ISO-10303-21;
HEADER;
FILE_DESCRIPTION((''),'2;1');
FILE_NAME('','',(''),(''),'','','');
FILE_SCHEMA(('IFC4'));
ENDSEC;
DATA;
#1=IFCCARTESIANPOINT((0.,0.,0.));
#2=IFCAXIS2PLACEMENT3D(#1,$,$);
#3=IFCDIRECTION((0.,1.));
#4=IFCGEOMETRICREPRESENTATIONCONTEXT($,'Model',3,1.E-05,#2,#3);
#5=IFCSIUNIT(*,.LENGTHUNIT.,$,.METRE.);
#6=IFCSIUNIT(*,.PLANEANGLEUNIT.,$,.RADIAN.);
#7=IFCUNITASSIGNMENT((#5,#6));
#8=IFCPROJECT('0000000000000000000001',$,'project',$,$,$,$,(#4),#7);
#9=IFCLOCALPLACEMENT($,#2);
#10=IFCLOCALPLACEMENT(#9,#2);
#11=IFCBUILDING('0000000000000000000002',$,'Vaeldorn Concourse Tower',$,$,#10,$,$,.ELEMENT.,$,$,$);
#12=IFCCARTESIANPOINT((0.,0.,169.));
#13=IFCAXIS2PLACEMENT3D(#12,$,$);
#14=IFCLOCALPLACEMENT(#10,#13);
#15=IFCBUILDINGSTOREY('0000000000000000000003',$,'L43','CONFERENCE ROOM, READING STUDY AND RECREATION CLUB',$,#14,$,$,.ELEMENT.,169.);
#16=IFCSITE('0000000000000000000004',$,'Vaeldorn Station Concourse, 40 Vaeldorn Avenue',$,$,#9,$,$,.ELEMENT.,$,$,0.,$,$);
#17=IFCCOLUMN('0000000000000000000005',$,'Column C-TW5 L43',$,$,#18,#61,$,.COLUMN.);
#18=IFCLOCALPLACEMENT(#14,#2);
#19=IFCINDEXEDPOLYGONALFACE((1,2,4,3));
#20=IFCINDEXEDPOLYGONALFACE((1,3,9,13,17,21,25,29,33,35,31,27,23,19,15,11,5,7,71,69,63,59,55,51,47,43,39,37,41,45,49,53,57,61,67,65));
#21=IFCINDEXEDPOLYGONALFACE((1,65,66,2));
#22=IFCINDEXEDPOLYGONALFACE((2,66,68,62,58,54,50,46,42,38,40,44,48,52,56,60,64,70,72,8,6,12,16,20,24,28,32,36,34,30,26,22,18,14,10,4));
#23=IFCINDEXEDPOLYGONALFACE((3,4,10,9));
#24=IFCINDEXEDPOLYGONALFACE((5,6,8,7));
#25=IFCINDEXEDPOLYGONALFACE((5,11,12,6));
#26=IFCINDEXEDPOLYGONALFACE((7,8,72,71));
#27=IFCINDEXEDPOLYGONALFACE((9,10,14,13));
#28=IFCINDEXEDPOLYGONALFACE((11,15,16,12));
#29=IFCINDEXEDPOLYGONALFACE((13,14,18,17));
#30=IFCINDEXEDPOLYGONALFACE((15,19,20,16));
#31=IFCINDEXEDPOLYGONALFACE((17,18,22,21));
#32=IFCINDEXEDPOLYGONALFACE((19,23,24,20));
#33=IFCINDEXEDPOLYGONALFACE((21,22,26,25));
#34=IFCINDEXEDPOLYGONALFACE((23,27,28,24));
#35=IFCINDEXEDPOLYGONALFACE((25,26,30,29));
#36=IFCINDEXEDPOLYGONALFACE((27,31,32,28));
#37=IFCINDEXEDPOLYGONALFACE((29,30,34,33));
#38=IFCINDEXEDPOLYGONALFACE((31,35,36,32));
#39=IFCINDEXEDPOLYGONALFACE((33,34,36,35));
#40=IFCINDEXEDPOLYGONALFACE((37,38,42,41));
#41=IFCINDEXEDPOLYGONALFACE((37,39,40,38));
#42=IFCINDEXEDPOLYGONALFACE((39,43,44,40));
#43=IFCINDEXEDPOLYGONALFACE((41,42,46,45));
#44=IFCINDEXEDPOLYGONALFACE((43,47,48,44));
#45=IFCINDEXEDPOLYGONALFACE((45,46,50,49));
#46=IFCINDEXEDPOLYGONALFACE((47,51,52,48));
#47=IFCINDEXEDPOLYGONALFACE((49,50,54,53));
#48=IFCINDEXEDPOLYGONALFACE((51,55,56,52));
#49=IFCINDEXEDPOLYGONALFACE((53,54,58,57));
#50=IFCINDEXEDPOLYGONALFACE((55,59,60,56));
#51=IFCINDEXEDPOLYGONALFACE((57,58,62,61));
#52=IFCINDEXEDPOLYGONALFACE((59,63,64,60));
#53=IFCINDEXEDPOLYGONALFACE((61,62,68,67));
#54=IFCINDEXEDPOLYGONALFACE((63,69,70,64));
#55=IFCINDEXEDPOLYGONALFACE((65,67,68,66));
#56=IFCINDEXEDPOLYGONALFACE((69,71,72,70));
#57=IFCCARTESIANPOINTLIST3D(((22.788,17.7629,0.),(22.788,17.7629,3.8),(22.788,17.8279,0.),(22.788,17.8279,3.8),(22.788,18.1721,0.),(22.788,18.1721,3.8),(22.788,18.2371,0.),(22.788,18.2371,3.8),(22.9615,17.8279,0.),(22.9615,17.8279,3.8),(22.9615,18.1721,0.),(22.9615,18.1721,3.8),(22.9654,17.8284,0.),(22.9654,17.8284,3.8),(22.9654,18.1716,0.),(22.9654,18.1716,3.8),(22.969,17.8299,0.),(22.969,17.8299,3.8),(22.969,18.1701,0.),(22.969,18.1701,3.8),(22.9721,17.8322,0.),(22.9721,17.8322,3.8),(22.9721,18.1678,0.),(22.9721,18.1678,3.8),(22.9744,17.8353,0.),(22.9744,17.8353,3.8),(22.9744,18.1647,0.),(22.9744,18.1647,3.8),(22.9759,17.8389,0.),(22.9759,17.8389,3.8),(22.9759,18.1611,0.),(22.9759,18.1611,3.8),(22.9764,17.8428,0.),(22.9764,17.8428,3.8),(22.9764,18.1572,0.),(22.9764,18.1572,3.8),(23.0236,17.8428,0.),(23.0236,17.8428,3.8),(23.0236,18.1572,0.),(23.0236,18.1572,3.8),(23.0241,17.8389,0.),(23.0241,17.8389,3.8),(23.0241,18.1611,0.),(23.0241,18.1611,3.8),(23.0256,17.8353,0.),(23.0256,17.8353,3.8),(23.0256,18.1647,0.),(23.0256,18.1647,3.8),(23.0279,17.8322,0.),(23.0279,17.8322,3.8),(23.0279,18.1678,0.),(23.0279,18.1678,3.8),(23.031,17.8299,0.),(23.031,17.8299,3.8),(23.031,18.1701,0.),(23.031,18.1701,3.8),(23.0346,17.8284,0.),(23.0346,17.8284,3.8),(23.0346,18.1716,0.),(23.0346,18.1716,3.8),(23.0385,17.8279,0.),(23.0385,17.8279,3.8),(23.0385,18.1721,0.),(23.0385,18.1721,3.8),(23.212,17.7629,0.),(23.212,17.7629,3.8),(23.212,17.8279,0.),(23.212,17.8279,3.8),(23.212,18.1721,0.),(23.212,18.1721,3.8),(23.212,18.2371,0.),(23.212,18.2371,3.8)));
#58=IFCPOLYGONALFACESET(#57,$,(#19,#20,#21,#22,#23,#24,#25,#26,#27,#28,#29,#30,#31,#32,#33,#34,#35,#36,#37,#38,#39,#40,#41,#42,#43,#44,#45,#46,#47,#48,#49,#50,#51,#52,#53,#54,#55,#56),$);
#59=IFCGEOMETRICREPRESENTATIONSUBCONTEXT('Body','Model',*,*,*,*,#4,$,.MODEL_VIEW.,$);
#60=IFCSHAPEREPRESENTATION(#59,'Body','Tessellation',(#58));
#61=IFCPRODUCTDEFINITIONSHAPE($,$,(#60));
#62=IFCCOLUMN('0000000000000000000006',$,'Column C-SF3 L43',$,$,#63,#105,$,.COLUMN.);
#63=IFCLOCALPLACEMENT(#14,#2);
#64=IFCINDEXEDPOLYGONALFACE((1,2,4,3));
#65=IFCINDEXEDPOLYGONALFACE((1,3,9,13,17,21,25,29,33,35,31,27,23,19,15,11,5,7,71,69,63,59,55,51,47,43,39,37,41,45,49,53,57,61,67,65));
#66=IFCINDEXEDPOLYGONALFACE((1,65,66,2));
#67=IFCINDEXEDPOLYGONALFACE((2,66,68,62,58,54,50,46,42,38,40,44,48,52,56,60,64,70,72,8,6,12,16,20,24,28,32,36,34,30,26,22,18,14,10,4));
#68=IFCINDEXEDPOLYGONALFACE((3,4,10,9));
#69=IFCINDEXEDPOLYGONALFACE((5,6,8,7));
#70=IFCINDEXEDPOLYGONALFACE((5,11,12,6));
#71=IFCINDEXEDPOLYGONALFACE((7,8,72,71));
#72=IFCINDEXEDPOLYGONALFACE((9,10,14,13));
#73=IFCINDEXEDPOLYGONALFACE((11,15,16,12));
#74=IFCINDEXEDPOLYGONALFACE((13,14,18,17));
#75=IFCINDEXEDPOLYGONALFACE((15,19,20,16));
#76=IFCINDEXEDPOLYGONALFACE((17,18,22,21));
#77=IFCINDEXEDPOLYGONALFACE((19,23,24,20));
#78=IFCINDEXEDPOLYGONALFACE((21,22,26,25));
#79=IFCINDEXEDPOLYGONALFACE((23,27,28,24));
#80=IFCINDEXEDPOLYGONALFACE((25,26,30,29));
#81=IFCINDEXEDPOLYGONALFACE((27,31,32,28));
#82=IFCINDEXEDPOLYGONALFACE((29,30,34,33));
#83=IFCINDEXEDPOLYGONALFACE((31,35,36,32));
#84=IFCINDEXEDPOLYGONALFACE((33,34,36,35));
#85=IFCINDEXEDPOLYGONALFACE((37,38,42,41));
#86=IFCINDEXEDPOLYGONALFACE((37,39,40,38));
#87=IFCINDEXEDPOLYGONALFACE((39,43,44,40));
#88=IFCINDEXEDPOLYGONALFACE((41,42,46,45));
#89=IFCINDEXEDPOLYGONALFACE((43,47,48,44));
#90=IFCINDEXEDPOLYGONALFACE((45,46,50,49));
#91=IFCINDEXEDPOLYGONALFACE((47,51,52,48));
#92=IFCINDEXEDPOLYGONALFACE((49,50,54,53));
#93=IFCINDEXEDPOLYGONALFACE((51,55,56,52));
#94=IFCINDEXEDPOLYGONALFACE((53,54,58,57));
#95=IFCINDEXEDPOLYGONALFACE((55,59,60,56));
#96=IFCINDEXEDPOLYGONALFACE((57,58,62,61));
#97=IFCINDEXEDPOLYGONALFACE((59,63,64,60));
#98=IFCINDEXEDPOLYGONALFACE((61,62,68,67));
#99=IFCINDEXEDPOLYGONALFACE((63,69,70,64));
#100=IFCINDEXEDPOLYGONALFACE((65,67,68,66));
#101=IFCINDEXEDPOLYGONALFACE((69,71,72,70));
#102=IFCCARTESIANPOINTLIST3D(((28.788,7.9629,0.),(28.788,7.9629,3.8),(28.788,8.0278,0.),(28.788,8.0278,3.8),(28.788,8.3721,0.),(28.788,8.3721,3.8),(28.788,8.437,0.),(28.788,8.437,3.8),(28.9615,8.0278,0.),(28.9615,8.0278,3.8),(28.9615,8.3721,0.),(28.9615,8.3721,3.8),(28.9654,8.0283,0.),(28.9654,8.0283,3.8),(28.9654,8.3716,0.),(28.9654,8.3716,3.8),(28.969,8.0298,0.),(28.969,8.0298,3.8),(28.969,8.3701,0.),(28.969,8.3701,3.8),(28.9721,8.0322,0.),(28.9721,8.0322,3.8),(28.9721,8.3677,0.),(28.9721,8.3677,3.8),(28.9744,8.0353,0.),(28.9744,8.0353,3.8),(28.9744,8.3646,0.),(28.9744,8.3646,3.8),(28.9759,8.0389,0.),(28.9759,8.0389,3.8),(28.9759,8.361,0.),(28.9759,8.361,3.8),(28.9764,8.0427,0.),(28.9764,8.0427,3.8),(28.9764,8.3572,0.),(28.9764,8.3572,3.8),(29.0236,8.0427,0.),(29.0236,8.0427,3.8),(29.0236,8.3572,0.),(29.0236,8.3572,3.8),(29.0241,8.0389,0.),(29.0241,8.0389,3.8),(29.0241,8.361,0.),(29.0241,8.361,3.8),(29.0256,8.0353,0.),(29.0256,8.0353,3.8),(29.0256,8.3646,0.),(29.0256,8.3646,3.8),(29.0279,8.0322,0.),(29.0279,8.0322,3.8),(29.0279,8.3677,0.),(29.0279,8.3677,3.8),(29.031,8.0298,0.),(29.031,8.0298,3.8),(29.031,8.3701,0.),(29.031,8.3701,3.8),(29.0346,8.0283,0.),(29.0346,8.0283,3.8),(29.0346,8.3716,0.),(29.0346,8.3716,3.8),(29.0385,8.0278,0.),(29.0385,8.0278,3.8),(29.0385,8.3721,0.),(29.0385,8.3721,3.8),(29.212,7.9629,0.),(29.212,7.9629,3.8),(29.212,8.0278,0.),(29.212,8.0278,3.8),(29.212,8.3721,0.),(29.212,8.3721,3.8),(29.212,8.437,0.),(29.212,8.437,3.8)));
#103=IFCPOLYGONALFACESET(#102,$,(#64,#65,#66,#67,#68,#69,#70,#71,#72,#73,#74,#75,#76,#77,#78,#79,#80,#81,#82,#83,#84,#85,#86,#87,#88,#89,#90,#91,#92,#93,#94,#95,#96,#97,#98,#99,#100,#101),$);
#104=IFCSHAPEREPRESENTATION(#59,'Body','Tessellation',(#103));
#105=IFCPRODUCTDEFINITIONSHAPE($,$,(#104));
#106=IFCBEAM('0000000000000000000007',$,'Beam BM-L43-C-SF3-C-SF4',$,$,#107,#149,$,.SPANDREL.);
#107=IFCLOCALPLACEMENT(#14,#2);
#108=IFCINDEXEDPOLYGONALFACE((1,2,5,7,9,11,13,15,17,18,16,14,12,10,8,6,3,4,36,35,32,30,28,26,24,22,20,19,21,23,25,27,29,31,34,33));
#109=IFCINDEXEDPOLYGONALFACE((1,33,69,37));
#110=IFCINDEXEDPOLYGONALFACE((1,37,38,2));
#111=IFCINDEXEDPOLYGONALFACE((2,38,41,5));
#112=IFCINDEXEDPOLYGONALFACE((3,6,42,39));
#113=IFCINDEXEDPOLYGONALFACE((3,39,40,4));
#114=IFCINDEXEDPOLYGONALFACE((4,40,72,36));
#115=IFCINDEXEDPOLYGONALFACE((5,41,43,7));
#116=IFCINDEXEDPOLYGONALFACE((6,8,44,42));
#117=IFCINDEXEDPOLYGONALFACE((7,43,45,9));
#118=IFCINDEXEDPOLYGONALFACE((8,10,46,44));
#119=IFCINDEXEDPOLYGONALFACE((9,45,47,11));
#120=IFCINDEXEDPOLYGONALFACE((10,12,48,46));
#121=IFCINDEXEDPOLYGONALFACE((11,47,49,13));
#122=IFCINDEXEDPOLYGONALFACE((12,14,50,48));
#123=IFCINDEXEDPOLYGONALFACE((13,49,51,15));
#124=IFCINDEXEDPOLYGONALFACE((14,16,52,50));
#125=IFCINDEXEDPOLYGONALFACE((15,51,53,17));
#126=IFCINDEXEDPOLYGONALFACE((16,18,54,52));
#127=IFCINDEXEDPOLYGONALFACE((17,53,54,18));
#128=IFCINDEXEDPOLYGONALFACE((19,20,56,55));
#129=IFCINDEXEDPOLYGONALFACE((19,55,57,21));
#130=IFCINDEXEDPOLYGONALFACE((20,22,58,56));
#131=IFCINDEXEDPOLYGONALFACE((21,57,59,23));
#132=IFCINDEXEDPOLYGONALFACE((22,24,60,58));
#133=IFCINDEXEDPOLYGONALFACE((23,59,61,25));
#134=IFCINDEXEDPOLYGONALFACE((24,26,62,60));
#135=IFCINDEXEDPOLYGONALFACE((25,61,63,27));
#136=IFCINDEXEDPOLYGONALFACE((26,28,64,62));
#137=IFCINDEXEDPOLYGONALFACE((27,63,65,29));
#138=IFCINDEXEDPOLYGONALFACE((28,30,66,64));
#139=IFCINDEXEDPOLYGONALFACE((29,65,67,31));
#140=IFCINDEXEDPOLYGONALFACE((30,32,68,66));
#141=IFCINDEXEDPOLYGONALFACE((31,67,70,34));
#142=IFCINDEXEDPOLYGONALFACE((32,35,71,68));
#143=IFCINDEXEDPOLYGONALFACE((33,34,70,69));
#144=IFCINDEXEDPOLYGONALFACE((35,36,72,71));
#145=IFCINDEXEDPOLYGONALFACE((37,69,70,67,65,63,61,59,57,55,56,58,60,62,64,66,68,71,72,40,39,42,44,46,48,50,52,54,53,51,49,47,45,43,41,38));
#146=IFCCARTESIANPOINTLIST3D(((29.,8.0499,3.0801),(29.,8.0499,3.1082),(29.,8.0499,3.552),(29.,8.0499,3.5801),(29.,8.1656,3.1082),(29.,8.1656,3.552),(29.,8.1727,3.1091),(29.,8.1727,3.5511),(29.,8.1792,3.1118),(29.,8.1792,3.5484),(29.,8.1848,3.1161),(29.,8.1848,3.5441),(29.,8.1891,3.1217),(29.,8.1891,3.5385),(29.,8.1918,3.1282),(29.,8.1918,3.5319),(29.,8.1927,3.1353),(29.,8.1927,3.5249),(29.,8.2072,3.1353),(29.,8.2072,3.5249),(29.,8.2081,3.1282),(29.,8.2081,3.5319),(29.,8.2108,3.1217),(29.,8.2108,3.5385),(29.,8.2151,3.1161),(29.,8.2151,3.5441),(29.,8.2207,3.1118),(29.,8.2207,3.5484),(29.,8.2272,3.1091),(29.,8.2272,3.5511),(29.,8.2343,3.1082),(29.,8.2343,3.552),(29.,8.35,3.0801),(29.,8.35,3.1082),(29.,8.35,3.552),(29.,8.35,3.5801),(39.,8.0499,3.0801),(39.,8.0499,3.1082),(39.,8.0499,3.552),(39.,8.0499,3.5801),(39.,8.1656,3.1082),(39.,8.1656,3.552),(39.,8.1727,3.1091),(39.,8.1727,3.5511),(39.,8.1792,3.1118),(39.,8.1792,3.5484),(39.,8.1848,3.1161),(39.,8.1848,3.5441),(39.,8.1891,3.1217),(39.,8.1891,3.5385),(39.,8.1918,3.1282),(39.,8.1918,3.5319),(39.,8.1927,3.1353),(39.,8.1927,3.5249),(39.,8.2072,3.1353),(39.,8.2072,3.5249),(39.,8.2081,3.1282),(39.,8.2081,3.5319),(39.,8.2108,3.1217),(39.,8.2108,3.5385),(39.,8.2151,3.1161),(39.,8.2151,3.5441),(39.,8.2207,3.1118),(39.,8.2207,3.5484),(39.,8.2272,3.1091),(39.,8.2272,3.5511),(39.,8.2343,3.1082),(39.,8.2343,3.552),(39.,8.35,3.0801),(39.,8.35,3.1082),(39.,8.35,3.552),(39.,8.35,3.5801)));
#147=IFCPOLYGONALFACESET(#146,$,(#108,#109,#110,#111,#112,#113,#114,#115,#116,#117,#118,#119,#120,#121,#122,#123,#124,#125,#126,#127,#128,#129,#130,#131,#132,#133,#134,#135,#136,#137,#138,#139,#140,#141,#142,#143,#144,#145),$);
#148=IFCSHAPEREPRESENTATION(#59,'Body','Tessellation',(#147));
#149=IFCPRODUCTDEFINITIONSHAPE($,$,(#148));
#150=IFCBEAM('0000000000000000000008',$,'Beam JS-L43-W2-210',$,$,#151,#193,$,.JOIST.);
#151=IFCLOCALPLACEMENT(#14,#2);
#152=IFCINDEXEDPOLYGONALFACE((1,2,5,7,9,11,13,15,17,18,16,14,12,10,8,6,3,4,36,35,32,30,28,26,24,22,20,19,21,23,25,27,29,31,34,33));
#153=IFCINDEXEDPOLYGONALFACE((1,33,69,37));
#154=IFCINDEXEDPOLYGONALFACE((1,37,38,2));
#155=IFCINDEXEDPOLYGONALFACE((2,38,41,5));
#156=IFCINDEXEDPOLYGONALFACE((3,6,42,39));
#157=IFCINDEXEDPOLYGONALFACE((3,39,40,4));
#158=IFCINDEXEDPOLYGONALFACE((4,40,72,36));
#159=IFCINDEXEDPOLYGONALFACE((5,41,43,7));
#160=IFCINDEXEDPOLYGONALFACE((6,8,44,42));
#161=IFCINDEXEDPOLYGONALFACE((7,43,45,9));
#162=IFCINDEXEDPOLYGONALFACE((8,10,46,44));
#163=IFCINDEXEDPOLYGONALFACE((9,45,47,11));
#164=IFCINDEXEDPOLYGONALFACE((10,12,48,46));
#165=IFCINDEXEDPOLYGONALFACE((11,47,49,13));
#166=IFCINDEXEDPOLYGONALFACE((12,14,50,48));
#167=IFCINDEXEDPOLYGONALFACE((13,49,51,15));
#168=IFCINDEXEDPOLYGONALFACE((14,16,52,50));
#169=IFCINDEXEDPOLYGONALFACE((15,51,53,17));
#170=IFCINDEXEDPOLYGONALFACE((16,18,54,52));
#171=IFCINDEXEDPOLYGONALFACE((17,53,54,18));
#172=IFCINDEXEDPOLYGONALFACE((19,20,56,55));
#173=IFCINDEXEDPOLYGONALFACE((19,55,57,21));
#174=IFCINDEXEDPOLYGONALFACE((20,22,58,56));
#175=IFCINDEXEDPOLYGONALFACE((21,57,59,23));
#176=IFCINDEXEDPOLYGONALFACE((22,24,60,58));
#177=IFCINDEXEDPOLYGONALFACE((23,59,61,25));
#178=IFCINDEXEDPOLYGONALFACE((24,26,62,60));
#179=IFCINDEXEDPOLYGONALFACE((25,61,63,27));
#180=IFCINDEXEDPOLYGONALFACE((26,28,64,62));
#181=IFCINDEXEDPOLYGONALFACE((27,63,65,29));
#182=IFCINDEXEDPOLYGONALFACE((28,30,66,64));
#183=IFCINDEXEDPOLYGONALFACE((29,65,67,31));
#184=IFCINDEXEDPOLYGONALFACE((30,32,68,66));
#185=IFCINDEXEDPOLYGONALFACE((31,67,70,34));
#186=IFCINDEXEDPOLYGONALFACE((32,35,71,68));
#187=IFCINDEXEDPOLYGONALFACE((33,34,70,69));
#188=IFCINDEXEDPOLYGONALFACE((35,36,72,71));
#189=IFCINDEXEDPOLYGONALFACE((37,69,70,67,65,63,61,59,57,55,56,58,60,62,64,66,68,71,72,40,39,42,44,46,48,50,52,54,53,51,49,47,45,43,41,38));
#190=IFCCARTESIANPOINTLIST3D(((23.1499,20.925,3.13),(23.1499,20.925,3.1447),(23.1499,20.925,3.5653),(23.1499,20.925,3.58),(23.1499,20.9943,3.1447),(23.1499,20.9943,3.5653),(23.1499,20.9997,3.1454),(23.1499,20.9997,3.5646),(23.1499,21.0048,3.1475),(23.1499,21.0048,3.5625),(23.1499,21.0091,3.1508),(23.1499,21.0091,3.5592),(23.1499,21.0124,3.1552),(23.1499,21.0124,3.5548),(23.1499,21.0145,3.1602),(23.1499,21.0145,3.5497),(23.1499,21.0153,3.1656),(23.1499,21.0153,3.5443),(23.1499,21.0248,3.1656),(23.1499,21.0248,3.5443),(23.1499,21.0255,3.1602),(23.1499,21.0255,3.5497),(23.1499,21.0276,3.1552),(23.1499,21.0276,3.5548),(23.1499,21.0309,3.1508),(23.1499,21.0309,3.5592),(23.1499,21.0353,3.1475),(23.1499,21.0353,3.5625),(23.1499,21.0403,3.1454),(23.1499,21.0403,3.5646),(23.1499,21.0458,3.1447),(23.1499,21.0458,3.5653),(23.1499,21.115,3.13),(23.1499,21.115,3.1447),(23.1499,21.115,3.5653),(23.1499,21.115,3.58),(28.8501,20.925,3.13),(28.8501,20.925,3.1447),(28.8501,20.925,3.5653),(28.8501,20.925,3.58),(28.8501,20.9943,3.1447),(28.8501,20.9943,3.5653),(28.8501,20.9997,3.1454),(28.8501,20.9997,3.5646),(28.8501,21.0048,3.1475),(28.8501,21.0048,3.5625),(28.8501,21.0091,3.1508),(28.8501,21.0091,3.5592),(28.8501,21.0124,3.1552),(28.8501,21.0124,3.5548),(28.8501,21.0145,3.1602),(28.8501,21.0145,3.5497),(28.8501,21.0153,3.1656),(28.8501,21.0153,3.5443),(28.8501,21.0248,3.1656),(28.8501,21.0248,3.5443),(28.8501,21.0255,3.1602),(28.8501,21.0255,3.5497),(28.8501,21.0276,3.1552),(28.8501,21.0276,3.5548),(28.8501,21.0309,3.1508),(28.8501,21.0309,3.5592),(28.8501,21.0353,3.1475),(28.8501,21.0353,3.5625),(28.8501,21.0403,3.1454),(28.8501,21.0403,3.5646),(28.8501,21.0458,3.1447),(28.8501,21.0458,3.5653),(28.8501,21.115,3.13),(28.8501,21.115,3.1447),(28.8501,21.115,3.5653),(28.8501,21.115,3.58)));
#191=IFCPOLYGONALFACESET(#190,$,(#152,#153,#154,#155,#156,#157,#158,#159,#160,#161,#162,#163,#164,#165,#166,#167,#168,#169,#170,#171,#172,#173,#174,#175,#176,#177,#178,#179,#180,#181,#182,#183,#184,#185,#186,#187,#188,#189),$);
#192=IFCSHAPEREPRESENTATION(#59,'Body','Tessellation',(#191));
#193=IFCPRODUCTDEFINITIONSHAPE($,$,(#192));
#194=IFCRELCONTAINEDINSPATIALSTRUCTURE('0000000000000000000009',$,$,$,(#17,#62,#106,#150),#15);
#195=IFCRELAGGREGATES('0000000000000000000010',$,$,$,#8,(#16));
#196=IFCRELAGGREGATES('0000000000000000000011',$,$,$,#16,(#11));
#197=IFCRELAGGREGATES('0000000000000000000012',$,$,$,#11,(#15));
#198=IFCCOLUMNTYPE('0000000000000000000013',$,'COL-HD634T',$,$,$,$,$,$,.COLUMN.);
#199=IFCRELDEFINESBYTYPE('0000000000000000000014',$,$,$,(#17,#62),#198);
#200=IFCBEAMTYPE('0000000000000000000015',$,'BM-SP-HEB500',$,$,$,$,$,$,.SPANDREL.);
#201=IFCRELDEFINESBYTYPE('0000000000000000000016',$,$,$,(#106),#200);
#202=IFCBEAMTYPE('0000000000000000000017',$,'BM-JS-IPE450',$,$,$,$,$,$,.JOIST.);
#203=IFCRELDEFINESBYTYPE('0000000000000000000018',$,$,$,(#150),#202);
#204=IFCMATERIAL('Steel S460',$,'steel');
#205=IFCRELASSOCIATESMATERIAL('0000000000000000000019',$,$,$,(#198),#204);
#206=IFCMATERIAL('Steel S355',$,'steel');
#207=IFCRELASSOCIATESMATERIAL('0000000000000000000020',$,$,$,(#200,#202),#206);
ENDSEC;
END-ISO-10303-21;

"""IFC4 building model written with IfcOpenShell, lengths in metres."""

from ifc_helpers import new_model, si_unit, direction, frame, origin, origin_2d, place, context, subcontext, project, spatial, i_section, extrude, source, transform, mapped, material, material_profile, profile_set, type_object, element, save


model = new_model("IFC4")

# Units and contexts
model_context = context("Model", 3, precision=1e-05, world=origin(), true_north=direction((0.0, 1.0)))
body_context = subcontext(model_context, "Body", "Model", "MODEL_VIEW")
ifc_project = project(units=[si_unit("LENGTHUNIT", "METRE"), si_unit("PLANEANGLEUNIT", "RADIAN")], contexts=[model_context])

# Site, building, storey
site_placement = place(None, origin())
site = spatial("IfcSite", under=ifc_project, at=site_placement, Name="Vaeldorn Station Concourse, 40 Vaeldorn Avenue", CompositionType="ELEMENT", RefElevation=0.0)
building_placement = place(site_placement, origin())
building = spatial("IfcBuilding", under=site, at=building_placement, Name="Vaeldorn Concourse Tower", CompositionType="ELEMENT")
storey_placement = place(building_placement, frame((0.0, 0.0, 169.0)))
storey = spatial("IfcBuildingStorey", under=building, at=storey_placement, Name="L43", Description="CONFERENCE ROOM, READING STUDY AND RECREATION CLUB", CompositionType="ELEMENT", Elevation=169.0)

# Columns
ifc_material_1 = material(Name="Steel S460", Category="steel")
ifc_material_profile_1 = material_profile(ifc_material_1, i_section(OverallWidth=0.4241, OverallDepth=0.4741, WebThickness=0.0471, FlangeThickness=0.0649, FilletRadius=0.0149, at=origin_2d()), Name="HD 400x634")
ifc_profile_set_1 = profile_set([ifc_material_profile_1], Name="Steel S460")
column_type = type_object("IfcColumnType", Name="COL-HD634T", PredefinedType="COLUMN", material=ifc_profile_set_1)
shared_shape_1 = source(origin(), body_context, "Body", "SweptSolid", [
    extrude(i_section(OverallWidth=0.4241, OverallDepth=0.4741, WebThickness=0.0471, FlangeThickness=0.0649, FilletRadius=0.0149, at=origin_2d()), origin(), (0.0, 0.0, 1.0), 3.8),
])
for number, where, z_axis, x_axis, name in (
    (1, (23.0, 18.0, 0.0), (0.0, 0.0, 1.0), (1.0, 0.0, 0.0), "Column C-TW5 L43"),
    (2, (29.0, 8.2, 0.0), (0.0, 0.0, 1.0), (1.0, 0.0, 0.0), "Column C-SF3 L43"),
):
    element("IfcColumn", number, at=place(storey_placement, frame(where, z_axis=z_axis, x_axis=x_axis)), inside=storey, type_object=column_type, Name=name, PredefinedType="COLUMN", context=body_context, shape_type="MappedRepresentation", body=[
        mapped(shared_shape_1, transform((0.0, 0.0, 0.0), scale=1.0)),
    ])

# Beams
ifc_material_2 = material(Name="Steel S355", Category="steel")
ifc_material_profile_2 = material_profile(ifc_material_2, i_section(OverallWidth=0.3, OverallDepth=0.5, WebThickness=0.0144, FlangeThickness=0.0281, FilletRadius=0.0271, at=origin_2d()), Name="HEB 500")
ifc_profile_set_2 = profile_set([ifc_material_profile_2], Name="Steel S355")
beam_type_1 = type_object("IfcBeamType", Name="BM-SP-HEB500", PredefinedType="SPANDREL", material=ifc_profile_set_2)
shared_shape_2 = source(origin(), body_context, "Body", "SweptSolid", [
    extrude(i_section(OverallWidth=0.3, OverallDepth=0.5, WebThickness=0.0144, FlangeThickness=0.0281, FilletRadius=0.0271, at=origin_2d()), origin(), (0.0, 0.0, 1.0), 10.0),
])
beam_1_placement = place(storey_placement, frame((29.0, 8.2, 3.3301), z_axis=(1.0, 0.0, 0.0), x_axis=(0.0, 1.0, 0.0)))
element("IfcBeam", 3, at=beam_1_placement, inside=storey, type_object=beam_type_1, Name="Beam BM-L43-C-SF3-C-SF4", PredefinedType="SPANDREL", context=body_context, shape_type="MappedRepresentation", body=[
    mapped(shared_shape_2, transform((0.0, 0.0, 0.0), scale=1.0)),
])
ifc_material_profile_3 = material_profile(ifc_material_2, i_section(OverallWidth=0.1899, OverallDepth=0.45, WebThickness=0.0095, FlangeThickness=0.0146, FilletRadius=0.021, at=origin_2d()), Name="IPE 450")
ifc_profile_set_3 = profile_set([ifc_material_profile_3], Name="Steel S355")
beam_type_2 = type_object("IfcBeamType", Name="BM-JS-IPE450", PredefinedType="JOIST", material=ifc_profile_set_3)
shared_shape_3 = source(origin(), body_context, "Body", "SweptSolid", [
    extrude(i_section(OverallWidth=0.1899, OverallDepth=0.45, WebThickness=0.0095, FlangeThickness=0.0146, FilletRadius=0.021, at=origin_2d()), origin(), (0.0, 0.0, 1.0), 5.7002),
])
for number, where, z_axis, x_axis, name in (
    (4, (23.1499, 21.02, 3.355), (1.0, 0.0, 0.0), (0.0, 1.0, 0.0), "Beam JS-L43-W2-210"),
):
    element("IfcBeam", number, at=place(storey_placement, frame(where, z_axis=z_axis, x_axis=x_axis)), inside=storey, type_object=beam_type_2, Name=name, PredefinedType="JOIST", context=body_context, shape_type="MappedRepresentation", body=[
        mapped(shared_shape_3, transform((0.0, 0.0, 0.0), scale=1.0)),
    ])

save(model, "model.ifc")
